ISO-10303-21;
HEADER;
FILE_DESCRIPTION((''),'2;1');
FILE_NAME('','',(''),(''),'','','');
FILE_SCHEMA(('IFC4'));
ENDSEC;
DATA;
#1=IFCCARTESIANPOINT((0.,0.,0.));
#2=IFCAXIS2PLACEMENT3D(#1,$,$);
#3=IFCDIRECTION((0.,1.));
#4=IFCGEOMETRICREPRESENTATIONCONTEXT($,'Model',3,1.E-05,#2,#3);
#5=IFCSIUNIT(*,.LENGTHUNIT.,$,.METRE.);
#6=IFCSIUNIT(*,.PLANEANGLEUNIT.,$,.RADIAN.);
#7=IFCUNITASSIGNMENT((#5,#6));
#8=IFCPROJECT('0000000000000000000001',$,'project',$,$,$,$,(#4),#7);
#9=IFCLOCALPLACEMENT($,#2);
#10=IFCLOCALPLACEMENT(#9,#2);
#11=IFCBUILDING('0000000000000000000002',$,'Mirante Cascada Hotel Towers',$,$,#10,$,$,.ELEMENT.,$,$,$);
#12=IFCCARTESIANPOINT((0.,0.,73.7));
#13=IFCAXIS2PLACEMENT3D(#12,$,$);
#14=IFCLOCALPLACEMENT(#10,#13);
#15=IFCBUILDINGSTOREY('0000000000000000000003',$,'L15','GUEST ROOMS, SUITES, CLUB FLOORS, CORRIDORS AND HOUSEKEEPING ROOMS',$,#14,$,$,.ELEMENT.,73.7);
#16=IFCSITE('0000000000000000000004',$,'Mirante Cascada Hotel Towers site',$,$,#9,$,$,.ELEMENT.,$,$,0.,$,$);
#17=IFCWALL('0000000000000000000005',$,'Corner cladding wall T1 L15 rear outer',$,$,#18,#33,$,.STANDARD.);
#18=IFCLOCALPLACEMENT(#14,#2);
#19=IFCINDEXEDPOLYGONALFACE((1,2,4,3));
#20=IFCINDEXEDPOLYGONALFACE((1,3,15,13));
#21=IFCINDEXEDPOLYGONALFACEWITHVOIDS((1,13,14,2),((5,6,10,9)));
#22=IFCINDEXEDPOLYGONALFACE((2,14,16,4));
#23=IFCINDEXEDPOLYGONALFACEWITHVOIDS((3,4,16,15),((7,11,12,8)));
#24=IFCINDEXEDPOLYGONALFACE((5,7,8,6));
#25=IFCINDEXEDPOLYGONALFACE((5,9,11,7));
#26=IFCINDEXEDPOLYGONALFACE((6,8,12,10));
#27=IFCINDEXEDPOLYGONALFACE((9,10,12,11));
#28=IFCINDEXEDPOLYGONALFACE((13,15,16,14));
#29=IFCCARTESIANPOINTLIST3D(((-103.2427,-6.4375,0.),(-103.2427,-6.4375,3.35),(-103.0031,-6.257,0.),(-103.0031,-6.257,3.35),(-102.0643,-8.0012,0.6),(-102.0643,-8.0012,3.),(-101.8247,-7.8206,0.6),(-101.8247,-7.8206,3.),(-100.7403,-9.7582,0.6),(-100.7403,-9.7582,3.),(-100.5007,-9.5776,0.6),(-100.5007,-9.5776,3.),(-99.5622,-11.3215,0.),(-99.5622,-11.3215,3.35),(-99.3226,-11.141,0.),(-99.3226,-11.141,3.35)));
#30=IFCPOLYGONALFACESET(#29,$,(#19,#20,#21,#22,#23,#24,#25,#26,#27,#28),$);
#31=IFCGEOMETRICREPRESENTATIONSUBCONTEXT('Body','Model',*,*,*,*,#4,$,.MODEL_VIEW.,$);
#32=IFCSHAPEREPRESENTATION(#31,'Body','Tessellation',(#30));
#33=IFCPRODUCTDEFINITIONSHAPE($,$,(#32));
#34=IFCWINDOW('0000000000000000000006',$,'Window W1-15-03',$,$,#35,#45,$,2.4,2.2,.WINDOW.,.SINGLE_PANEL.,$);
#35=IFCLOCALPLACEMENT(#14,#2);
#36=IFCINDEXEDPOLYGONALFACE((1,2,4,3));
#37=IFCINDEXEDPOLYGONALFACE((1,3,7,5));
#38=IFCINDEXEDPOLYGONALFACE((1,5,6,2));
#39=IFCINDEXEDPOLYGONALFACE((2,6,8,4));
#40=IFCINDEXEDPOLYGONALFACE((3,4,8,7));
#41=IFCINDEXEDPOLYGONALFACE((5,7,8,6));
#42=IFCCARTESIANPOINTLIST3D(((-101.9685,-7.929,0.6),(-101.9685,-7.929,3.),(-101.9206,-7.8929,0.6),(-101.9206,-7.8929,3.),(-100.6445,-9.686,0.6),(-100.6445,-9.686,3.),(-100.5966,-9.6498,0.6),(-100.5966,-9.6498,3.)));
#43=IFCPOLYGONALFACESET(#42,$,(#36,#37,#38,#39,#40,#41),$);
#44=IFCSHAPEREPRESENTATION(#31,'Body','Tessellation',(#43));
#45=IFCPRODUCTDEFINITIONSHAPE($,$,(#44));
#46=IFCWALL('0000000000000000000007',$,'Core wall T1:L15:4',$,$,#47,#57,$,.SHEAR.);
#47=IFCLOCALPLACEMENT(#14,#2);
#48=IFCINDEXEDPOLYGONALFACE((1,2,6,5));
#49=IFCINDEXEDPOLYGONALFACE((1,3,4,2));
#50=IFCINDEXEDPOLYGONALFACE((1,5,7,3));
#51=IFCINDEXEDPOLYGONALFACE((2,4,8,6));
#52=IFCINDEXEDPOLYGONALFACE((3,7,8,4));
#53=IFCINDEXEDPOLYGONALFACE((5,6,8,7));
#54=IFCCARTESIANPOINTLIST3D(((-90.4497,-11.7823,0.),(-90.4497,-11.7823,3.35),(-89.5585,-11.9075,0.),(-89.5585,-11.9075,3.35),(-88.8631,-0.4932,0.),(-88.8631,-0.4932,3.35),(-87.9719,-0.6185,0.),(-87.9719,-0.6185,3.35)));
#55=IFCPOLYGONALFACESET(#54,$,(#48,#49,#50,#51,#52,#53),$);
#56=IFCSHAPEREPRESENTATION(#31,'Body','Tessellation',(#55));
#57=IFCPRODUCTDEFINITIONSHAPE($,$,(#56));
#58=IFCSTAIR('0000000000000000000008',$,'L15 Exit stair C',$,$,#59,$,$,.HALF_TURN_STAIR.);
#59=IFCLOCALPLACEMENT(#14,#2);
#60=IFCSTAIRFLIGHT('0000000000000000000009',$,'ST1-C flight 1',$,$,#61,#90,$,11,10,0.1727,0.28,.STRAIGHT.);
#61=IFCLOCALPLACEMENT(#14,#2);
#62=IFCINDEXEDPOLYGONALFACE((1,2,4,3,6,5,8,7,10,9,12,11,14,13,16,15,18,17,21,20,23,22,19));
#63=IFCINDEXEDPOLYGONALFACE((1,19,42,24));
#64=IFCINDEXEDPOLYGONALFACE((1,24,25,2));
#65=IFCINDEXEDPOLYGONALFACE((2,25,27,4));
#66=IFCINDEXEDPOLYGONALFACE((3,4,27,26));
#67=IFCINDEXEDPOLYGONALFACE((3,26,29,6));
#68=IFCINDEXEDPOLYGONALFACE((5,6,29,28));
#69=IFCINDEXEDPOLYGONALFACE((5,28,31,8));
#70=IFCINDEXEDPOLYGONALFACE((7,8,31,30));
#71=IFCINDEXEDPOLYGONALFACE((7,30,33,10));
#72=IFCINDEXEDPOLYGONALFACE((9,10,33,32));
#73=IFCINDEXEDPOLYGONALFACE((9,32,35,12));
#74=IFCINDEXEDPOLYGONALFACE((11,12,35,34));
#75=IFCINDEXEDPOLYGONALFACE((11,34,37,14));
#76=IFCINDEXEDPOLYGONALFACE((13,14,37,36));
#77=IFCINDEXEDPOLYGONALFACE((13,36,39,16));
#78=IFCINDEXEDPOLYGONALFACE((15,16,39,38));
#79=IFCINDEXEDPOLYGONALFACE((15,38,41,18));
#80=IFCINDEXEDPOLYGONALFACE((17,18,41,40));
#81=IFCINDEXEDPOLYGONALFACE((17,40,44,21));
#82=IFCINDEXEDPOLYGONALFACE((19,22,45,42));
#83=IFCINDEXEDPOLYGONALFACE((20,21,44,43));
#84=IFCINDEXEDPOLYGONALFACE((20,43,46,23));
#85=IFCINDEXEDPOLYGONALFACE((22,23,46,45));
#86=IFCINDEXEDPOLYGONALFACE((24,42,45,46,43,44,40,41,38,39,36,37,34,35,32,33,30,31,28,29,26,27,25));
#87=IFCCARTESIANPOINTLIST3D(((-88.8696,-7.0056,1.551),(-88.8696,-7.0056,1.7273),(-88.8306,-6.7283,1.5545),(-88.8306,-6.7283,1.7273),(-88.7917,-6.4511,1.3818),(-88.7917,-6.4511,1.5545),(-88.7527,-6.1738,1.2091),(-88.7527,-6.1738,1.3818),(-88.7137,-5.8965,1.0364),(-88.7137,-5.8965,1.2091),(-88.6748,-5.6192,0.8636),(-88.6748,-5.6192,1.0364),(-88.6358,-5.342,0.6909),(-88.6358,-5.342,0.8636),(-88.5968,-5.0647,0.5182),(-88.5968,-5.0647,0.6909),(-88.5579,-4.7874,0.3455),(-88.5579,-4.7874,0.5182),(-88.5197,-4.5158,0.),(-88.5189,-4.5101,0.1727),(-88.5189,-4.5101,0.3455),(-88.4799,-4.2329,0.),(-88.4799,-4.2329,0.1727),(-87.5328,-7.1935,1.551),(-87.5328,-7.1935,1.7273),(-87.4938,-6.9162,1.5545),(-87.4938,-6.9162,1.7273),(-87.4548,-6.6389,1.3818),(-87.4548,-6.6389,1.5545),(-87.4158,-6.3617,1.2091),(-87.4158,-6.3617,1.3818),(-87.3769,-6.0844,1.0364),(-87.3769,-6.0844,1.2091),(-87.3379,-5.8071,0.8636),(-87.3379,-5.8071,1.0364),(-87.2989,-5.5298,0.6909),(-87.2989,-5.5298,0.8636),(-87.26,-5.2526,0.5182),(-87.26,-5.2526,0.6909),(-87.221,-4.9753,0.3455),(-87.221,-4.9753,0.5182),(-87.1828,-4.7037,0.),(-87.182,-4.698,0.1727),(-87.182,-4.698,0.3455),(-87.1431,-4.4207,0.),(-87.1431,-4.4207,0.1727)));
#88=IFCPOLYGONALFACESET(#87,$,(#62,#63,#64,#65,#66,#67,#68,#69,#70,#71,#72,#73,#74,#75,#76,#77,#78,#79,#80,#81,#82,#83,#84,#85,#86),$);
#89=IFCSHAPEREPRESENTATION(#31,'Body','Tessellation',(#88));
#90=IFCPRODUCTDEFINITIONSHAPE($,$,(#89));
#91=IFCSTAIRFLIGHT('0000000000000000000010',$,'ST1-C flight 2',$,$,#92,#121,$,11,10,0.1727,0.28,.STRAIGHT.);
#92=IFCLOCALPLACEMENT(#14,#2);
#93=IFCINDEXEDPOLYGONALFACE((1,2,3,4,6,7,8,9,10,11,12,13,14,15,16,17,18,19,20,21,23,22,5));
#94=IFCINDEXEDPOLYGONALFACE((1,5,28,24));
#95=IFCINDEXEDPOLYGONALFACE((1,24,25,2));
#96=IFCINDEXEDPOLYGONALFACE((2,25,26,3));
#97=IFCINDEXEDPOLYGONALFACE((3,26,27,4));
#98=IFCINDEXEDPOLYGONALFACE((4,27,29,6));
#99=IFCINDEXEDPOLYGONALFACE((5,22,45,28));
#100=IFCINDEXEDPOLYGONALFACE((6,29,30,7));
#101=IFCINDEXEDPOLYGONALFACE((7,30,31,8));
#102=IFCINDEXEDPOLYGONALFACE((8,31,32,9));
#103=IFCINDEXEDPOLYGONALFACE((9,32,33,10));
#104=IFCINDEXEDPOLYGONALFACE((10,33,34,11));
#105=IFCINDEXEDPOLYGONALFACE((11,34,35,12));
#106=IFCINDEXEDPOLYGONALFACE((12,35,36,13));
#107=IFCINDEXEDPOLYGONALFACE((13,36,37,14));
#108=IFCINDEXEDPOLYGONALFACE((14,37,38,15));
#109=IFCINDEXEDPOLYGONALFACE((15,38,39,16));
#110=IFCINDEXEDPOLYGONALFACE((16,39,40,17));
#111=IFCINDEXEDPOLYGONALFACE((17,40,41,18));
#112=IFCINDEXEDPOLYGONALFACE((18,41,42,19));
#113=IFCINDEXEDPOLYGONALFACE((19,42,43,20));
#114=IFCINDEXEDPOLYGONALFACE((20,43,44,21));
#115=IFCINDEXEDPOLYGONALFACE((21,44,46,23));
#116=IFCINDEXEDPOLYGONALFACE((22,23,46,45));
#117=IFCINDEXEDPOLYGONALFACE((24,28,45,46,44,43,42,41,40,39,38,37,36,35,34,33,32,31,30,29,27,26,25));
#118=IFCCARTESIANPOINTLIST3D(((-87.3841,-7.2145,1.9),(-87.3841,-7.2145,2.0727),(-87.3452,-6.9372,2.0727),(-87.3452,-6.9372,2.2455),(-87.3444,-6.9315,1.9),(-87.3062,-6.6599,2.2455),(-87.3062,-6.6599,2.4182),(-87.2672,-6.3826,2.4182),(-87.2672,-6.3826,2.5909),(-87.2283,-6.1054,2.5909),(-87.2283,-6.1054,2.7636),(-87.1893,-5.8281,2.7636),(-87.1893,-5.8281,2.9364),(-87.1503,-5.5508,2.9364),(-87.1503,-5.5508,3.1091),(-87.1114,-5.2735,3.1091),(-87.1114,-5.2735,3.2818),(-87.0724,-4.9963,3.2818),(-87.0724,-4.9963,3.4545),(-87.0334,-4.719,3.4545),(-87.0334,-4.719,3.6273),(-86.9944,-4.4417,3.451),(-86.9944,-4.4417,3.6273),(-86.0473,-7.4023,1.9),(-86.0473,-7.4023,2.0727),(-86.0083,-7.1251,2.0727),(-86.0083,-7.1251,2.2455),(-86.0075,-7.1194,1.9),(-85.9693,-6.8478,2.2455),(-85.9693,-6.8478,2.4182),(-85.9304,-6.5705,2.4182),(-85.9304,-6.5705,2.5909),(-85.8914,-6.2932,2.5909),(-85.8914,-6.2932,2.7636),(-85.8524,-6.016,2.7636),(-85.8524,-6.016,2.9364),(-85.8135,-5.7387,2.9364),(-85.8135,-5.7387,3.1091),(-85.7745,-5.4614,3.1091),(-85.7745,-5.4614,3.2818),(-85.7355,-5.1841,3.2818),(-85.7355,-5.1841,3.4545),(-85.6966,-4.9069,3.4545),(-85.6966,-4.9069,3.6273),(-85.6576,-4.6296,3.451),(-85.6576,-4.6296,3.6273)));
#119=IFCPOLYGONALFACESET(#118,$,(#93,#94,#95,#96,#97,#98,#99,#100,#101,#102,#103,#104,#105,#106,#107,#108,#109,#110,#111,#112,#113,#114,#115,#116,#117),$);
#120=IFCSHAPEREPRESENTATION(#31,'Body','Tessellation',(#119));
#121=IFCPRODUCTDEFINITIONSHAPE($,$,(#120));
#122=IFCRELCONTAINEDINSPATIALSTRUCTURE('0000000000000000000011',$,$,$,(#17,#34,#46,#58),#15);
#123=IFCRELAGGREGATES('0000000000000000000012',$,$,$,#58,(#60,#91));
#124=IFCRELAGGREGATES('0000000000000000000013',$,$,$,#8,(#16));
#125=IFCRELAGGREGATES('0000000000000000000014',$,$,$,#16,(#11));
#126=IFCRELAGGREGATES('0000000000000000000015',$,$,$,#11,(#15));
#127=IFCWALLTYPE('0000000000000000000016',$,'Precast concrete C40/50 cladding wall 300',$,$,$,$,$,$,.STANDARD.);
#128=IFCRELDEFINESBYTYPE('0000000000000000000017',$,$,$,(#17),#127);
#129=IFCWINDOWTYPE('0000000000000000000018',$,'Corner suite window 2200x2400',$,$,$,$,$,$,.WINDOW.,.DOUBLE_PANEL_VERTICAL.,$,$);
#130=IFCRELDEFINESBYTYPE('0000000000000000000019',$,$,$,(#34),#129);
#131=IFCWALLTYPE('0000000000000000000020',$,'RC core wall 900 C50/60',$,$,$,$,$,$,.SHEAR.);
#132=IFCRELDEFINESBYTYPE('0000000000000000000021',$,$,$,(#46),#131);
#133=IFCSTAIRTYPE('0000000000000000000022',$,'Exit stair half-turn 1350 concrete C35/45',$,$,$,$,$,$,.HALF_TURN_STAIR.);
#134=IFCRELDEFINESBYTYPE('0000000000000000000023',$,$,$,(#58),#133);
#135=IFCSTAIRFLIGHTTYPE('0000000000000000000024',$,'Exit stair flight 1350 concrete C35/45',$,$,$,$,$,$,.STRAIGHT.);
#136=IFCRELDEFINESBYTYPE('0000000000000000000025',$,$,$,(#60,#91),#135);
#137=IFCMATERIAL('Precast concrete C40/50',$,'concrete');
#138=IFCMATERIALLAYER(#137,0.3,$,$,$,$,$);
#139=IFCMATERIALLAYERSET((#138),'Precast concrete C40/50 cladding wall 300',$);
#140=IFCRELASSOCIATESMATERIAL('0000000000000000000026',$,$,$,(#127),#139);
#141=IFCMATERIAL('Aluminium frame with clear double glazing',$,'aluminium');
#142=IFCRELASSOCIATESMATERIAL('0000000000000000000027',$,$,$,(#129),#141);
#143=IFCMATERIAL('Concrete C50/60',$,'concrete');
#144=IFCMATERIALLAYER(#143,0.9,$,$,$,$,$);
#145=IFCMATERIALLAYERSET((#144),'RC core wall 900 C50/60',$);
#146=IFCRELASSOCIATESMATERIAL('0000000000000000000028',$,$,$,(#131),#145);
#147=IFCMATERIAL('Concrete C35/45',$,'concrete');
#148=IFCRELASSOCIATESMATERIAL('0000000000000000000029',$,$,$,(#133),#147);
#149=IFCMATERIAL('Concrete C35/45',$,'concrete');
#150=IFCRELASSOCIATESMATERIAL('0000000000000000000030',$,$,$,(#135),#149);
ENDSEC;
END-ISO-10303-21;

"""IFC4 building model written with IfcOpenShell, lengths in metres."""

from ifc_helpers import new_model, si_unit, direction, frame, frame_2d, origin, place, context, subcontext, project, spatial, polyline, rectangle, outline, extrude, material, layer, layer_set, type_object, element, fill, aggregate, save


model = new_model("IFC4")

# Units and contexts
model_context = context("Model", 3, precision=1e-05, world=origin(), true_north=direction((0.0, 1.0)))
body_context = subcontext(model_context, "Body", "Model", "MODEL_VIEW")
ifc_project = project(units=[si_unit("LENGTHUNIT", "METRE"), si_unit("PLANEANGLEUNIT", "RADIAN")], contexts=[model_context])

# Site, building, storey
site_placement = place(None, origin())
site = spatial("IfcSite", under=ifc_project, at=site_placement, Name="Mirante Cascada Hotel Towers site", CompositionType="ELEMENT", RefElevation=0.0)
building_placement = place(site_placement, origin())
building = spatial("IfcBuilding", under=site, at=building_placement, Name="Mirante Cascada Hotel Towers", CompositionType="ELEMENT")
storey_placement = place(building_placement, frame((0.0, 0.0, 73.7)))
storey = spatial("IfcBuildingStorey", under=building, at=storey_placement, Name="L15", Description="GUEST ROOMS, SUITES, CLUB FLOORS, CORRIDORS AND HOUSEKEEPING ROOMS", CompositionType="ELEMENT", Elevation=73.7)

# Shared definitions
ifc_material_1 = material(Name="Precast concrete C40/50", Category="concrete")
ifc_layer_1 = layer(ifc_material_1, 0.3)
ifc_layer_set_1 = layer_set([ifc_layer_1], Name="Precast concrete C40/50 cladding wall 300")
wall_type_1 = type_object("IfcWallType", Name="Precast concrete C40/50 cladding wall 300", PredefinedType="STANDARD", material=ifc_layer_set_1)

# Wall, opening, window
wall_1_placement = place(storey_placement, frame((-99.4424, -11.2313, 0.0), z_axis=(0.0, 0.0, 1.0), x_axis=(-0.601819, 0.798632, 0.0)))
wall_1 = element("IfcWall", 1, at=wall_1_placement, inside=storey, type_object=wall_type_1, Name="Corner cladding wall T1 L15 rear outer", PredefinedType="STANDARD", context=body_context, shape_type="SweptSolid", body=[
    extrude(rectangle(XDim=6.1155, YDim=0.3, at=frame_2d((3.0578, 0.0))), origin(), (0.0, 0.0, 1.0), 3.35),
])
opening_1_placement = place(wall_1_placement, frame((1.9576, 0.0, 0.6)))
opening_1 = element("IfcOpeningElement", 2, at=opening_1_placement, cuts=wall_1, PredefinedType="OPENING", context=body_context, shape_type="SweptSolid", body=[
    extrude(rectangle(XDim=2.2, YDim=2.4, at=frame_2d((1.1, 1.2))), frame((0.0, 0.15, 0.0), z_axis=(0.0, -1.0, 0.0), x_axis=(1.0, 0.0, 0.0)), (0.0, 0.0, 1.0), 0.3),
])
ifc_material_2 = material(Name="Aluminium frame with clear double glazing", Category="aluminium")
window_type_1 = type_object("IfcWindowType", Name="Corner suite window 2200x2400", PartitioningType="DOUBLE_PANEL_VERTICAL", PredefinedType="WINDOW", material=ifc_material_2)
window_1_placement = place(opening_1_placement, origin())
window_1 = element("IfcWindow", 3, at=window_1_placement, inside=storey, type_object=window_type_1, Name="Window W1-15-03", OverallHeight=2.4, OverallWidth=2.2, PartitioningType="SINGLE_PANEL", PredefinedType="WINDOW", context=body_context, shape_type="SweptSolid", body=[
    extrude(rectangle(XDim=2.2, YDim=2.4, at=frame_2d((1.1, 1.2))), frame((0.0, 0.03, 0.0), z_axis=(0.0, -1.0, 0.0), x_axis=(1.0, 0.0, 0.0)), (0.0, 0.0, 1.0), 0.06),
])
fill(opening_1, window_1)

# Wall
ifc_material_3 = material(Name="Concrete C50/60", Category="concrete")
ifc_layer_2 = layer(ifc_material_3, 0.9)
ifc_layer_set_2 = layer_set([ifc_layer_2], Name="RC core wall 900 C50/60")
wall_type_2 = type_object("IfcWallType", Name="RC core wall 900 C50/60", PredefinedType="SHEAR", material=ifc_layer_set_2)
wall_2_placement = place(storey_placement, frame((-90.0041, -11.8449, 0.0), z_axis=(0.0, 0.0, 1.0), x_axis=(0.139175, 0.990268, 0.0)))
element("IfcWall", 4, at=wall_2_placement, inside=storey, type_object=wall_type_2, Name="Core wall T1:L15:4", PredefinedType="SHEAR", context=body_context, shape_type="SweptSolid", body=[
    extrude(rectangle(XDim=11.4, YDim=0.9, at=frame_2d((5.7, 0.0))), origin(), (0.0, 0.0, 1.0), 3.35),
])

# Stair, stair flights
ifc_material_4 = material(Name="Concrete C35/45", Category="concrete")
stair_type = type_object("IfcStairType", Name="Exit stair half-turn 1350 concrete C35/45", PredefinedType="HALF_TURN_STAIR", material=ifc_material_4)
stair_placement = place(storey_placement, origin())
stair = element("IfcStair", 5, at=stair_placement, inside=storey, type_object=stair_type, Name="L15 Exit stair C", PredefinedType="HALF_TURN_STAIR")
ifc_material_5 = material(Name="Concrete C35/45", Category="concrete")
stair_flight_type = type_object("IfcStairFlightType", Name="Exit stair flight 1350 concrete C35/45", PredefinedType="STRAIGHT", material=ifc_material_5)
stair_flight_1_placement = place(storey_placement, frame((-87.8115, -4.3268, 0.0), z_axis=(0.0, 0.0, 1.0), x_axis=(-0.139173, -0.990268, 0.0)))
stair_flight_1 = element("IfcStairFlight", 6, at=stair_flight_1_placement, type_object=stair_flight_type, Name="ST1-C flight 1", NumberOfRisers=11, NumberOfTreads=10, PredefinedType="STRAIGHT", RiserHeight=0.1727, TreadLength=0.28, context=body_context, shape_type="SweptSolid", body=[
    extrude(outline(polyline([(0.0, 0.0), (0.0, 0.1727), (0.28, 0.1727), (0.28, 0.3455), (0.56, 0.3455), (0.56, 0.5182), (0.84, 0.5182), (0.84, 0.6909), (1.12, 0.6909), (1.12, 0.8636), (1.4, 0.8636), (1.4, 1.0364), (1.68, 1.0364), (1.68, 1.2091), (1.96, 1.2091), (1.96, 1.3818), (2.24, 1.3818), (2.24, 1.5545), (2.52, 1.5545), (2.52, 1.7273), (2.8, 1.7273), (2.8, 1.9), (2.8, 1.551), (0.2857, 0.0), (0.0, 0.0)])), frame((0.0, 0.675, 0.0), z_axis=(0.0, -1.0, 0.0), x_axis=(1.0, 0.0, 0.0)), (0.0, 0.0, 1.0), 1.35),
])
stair_flight_2_placement = place(storey_placement, frame((-86.7157, -7.3084, 1.9), z_axis=(0.0, 0.0, 1.0), x_axis=(0.139173, 0.990268, 0.0)))
stair_flight_2 = element("IfcStairFlight", 7, at=stair_flight_2_placement, type_object=stair_flight_type, Name="ST1-C flight 2", NumberOfRisers=11, NumberOfTreads=10, PredefinedType="STRAIGHT", RiserHeight=0.1727, TreadLength=0.28, context=body_context, shape_type="SweptSolid", body=[
    extrude(outline(polyline([(0.0, 0.0), (0.0, 0.1727), (0.28, 0.1727), (0.28, 0.3455), (0.56, 0.3455), (0.56, 0.5182), (0.84, 0.5182), (0.84, 0.6909), (1.12, 0.6909), (1.12, 0.8636), (1.4, 0.8636), (1.4, 1.0364), (1.68, 1.0364), (1.68, 1.2091), (1.96, 1.2091), (1.96, 1.3818), (2.24, 1.3818), (2.24, 1.5545), (2.52, 1.5545), (2.52, 1.7273), (2.8, 1.7273), (2.8, 1.9), (2.8, 1.551), (0.2857, 0.0), (0.0, 0.0)])), frame((0.0, 0.675, 0.0), z_axis=(0.0, -1.0, 0.0), x_axis=(1.0, 0.0, 0.0)), (0.0, 0.0, 1.0), 1.35),
])
aggregate(stair, [stair_flight_1, stair_flight_2])

save(model, "model.ifc")
